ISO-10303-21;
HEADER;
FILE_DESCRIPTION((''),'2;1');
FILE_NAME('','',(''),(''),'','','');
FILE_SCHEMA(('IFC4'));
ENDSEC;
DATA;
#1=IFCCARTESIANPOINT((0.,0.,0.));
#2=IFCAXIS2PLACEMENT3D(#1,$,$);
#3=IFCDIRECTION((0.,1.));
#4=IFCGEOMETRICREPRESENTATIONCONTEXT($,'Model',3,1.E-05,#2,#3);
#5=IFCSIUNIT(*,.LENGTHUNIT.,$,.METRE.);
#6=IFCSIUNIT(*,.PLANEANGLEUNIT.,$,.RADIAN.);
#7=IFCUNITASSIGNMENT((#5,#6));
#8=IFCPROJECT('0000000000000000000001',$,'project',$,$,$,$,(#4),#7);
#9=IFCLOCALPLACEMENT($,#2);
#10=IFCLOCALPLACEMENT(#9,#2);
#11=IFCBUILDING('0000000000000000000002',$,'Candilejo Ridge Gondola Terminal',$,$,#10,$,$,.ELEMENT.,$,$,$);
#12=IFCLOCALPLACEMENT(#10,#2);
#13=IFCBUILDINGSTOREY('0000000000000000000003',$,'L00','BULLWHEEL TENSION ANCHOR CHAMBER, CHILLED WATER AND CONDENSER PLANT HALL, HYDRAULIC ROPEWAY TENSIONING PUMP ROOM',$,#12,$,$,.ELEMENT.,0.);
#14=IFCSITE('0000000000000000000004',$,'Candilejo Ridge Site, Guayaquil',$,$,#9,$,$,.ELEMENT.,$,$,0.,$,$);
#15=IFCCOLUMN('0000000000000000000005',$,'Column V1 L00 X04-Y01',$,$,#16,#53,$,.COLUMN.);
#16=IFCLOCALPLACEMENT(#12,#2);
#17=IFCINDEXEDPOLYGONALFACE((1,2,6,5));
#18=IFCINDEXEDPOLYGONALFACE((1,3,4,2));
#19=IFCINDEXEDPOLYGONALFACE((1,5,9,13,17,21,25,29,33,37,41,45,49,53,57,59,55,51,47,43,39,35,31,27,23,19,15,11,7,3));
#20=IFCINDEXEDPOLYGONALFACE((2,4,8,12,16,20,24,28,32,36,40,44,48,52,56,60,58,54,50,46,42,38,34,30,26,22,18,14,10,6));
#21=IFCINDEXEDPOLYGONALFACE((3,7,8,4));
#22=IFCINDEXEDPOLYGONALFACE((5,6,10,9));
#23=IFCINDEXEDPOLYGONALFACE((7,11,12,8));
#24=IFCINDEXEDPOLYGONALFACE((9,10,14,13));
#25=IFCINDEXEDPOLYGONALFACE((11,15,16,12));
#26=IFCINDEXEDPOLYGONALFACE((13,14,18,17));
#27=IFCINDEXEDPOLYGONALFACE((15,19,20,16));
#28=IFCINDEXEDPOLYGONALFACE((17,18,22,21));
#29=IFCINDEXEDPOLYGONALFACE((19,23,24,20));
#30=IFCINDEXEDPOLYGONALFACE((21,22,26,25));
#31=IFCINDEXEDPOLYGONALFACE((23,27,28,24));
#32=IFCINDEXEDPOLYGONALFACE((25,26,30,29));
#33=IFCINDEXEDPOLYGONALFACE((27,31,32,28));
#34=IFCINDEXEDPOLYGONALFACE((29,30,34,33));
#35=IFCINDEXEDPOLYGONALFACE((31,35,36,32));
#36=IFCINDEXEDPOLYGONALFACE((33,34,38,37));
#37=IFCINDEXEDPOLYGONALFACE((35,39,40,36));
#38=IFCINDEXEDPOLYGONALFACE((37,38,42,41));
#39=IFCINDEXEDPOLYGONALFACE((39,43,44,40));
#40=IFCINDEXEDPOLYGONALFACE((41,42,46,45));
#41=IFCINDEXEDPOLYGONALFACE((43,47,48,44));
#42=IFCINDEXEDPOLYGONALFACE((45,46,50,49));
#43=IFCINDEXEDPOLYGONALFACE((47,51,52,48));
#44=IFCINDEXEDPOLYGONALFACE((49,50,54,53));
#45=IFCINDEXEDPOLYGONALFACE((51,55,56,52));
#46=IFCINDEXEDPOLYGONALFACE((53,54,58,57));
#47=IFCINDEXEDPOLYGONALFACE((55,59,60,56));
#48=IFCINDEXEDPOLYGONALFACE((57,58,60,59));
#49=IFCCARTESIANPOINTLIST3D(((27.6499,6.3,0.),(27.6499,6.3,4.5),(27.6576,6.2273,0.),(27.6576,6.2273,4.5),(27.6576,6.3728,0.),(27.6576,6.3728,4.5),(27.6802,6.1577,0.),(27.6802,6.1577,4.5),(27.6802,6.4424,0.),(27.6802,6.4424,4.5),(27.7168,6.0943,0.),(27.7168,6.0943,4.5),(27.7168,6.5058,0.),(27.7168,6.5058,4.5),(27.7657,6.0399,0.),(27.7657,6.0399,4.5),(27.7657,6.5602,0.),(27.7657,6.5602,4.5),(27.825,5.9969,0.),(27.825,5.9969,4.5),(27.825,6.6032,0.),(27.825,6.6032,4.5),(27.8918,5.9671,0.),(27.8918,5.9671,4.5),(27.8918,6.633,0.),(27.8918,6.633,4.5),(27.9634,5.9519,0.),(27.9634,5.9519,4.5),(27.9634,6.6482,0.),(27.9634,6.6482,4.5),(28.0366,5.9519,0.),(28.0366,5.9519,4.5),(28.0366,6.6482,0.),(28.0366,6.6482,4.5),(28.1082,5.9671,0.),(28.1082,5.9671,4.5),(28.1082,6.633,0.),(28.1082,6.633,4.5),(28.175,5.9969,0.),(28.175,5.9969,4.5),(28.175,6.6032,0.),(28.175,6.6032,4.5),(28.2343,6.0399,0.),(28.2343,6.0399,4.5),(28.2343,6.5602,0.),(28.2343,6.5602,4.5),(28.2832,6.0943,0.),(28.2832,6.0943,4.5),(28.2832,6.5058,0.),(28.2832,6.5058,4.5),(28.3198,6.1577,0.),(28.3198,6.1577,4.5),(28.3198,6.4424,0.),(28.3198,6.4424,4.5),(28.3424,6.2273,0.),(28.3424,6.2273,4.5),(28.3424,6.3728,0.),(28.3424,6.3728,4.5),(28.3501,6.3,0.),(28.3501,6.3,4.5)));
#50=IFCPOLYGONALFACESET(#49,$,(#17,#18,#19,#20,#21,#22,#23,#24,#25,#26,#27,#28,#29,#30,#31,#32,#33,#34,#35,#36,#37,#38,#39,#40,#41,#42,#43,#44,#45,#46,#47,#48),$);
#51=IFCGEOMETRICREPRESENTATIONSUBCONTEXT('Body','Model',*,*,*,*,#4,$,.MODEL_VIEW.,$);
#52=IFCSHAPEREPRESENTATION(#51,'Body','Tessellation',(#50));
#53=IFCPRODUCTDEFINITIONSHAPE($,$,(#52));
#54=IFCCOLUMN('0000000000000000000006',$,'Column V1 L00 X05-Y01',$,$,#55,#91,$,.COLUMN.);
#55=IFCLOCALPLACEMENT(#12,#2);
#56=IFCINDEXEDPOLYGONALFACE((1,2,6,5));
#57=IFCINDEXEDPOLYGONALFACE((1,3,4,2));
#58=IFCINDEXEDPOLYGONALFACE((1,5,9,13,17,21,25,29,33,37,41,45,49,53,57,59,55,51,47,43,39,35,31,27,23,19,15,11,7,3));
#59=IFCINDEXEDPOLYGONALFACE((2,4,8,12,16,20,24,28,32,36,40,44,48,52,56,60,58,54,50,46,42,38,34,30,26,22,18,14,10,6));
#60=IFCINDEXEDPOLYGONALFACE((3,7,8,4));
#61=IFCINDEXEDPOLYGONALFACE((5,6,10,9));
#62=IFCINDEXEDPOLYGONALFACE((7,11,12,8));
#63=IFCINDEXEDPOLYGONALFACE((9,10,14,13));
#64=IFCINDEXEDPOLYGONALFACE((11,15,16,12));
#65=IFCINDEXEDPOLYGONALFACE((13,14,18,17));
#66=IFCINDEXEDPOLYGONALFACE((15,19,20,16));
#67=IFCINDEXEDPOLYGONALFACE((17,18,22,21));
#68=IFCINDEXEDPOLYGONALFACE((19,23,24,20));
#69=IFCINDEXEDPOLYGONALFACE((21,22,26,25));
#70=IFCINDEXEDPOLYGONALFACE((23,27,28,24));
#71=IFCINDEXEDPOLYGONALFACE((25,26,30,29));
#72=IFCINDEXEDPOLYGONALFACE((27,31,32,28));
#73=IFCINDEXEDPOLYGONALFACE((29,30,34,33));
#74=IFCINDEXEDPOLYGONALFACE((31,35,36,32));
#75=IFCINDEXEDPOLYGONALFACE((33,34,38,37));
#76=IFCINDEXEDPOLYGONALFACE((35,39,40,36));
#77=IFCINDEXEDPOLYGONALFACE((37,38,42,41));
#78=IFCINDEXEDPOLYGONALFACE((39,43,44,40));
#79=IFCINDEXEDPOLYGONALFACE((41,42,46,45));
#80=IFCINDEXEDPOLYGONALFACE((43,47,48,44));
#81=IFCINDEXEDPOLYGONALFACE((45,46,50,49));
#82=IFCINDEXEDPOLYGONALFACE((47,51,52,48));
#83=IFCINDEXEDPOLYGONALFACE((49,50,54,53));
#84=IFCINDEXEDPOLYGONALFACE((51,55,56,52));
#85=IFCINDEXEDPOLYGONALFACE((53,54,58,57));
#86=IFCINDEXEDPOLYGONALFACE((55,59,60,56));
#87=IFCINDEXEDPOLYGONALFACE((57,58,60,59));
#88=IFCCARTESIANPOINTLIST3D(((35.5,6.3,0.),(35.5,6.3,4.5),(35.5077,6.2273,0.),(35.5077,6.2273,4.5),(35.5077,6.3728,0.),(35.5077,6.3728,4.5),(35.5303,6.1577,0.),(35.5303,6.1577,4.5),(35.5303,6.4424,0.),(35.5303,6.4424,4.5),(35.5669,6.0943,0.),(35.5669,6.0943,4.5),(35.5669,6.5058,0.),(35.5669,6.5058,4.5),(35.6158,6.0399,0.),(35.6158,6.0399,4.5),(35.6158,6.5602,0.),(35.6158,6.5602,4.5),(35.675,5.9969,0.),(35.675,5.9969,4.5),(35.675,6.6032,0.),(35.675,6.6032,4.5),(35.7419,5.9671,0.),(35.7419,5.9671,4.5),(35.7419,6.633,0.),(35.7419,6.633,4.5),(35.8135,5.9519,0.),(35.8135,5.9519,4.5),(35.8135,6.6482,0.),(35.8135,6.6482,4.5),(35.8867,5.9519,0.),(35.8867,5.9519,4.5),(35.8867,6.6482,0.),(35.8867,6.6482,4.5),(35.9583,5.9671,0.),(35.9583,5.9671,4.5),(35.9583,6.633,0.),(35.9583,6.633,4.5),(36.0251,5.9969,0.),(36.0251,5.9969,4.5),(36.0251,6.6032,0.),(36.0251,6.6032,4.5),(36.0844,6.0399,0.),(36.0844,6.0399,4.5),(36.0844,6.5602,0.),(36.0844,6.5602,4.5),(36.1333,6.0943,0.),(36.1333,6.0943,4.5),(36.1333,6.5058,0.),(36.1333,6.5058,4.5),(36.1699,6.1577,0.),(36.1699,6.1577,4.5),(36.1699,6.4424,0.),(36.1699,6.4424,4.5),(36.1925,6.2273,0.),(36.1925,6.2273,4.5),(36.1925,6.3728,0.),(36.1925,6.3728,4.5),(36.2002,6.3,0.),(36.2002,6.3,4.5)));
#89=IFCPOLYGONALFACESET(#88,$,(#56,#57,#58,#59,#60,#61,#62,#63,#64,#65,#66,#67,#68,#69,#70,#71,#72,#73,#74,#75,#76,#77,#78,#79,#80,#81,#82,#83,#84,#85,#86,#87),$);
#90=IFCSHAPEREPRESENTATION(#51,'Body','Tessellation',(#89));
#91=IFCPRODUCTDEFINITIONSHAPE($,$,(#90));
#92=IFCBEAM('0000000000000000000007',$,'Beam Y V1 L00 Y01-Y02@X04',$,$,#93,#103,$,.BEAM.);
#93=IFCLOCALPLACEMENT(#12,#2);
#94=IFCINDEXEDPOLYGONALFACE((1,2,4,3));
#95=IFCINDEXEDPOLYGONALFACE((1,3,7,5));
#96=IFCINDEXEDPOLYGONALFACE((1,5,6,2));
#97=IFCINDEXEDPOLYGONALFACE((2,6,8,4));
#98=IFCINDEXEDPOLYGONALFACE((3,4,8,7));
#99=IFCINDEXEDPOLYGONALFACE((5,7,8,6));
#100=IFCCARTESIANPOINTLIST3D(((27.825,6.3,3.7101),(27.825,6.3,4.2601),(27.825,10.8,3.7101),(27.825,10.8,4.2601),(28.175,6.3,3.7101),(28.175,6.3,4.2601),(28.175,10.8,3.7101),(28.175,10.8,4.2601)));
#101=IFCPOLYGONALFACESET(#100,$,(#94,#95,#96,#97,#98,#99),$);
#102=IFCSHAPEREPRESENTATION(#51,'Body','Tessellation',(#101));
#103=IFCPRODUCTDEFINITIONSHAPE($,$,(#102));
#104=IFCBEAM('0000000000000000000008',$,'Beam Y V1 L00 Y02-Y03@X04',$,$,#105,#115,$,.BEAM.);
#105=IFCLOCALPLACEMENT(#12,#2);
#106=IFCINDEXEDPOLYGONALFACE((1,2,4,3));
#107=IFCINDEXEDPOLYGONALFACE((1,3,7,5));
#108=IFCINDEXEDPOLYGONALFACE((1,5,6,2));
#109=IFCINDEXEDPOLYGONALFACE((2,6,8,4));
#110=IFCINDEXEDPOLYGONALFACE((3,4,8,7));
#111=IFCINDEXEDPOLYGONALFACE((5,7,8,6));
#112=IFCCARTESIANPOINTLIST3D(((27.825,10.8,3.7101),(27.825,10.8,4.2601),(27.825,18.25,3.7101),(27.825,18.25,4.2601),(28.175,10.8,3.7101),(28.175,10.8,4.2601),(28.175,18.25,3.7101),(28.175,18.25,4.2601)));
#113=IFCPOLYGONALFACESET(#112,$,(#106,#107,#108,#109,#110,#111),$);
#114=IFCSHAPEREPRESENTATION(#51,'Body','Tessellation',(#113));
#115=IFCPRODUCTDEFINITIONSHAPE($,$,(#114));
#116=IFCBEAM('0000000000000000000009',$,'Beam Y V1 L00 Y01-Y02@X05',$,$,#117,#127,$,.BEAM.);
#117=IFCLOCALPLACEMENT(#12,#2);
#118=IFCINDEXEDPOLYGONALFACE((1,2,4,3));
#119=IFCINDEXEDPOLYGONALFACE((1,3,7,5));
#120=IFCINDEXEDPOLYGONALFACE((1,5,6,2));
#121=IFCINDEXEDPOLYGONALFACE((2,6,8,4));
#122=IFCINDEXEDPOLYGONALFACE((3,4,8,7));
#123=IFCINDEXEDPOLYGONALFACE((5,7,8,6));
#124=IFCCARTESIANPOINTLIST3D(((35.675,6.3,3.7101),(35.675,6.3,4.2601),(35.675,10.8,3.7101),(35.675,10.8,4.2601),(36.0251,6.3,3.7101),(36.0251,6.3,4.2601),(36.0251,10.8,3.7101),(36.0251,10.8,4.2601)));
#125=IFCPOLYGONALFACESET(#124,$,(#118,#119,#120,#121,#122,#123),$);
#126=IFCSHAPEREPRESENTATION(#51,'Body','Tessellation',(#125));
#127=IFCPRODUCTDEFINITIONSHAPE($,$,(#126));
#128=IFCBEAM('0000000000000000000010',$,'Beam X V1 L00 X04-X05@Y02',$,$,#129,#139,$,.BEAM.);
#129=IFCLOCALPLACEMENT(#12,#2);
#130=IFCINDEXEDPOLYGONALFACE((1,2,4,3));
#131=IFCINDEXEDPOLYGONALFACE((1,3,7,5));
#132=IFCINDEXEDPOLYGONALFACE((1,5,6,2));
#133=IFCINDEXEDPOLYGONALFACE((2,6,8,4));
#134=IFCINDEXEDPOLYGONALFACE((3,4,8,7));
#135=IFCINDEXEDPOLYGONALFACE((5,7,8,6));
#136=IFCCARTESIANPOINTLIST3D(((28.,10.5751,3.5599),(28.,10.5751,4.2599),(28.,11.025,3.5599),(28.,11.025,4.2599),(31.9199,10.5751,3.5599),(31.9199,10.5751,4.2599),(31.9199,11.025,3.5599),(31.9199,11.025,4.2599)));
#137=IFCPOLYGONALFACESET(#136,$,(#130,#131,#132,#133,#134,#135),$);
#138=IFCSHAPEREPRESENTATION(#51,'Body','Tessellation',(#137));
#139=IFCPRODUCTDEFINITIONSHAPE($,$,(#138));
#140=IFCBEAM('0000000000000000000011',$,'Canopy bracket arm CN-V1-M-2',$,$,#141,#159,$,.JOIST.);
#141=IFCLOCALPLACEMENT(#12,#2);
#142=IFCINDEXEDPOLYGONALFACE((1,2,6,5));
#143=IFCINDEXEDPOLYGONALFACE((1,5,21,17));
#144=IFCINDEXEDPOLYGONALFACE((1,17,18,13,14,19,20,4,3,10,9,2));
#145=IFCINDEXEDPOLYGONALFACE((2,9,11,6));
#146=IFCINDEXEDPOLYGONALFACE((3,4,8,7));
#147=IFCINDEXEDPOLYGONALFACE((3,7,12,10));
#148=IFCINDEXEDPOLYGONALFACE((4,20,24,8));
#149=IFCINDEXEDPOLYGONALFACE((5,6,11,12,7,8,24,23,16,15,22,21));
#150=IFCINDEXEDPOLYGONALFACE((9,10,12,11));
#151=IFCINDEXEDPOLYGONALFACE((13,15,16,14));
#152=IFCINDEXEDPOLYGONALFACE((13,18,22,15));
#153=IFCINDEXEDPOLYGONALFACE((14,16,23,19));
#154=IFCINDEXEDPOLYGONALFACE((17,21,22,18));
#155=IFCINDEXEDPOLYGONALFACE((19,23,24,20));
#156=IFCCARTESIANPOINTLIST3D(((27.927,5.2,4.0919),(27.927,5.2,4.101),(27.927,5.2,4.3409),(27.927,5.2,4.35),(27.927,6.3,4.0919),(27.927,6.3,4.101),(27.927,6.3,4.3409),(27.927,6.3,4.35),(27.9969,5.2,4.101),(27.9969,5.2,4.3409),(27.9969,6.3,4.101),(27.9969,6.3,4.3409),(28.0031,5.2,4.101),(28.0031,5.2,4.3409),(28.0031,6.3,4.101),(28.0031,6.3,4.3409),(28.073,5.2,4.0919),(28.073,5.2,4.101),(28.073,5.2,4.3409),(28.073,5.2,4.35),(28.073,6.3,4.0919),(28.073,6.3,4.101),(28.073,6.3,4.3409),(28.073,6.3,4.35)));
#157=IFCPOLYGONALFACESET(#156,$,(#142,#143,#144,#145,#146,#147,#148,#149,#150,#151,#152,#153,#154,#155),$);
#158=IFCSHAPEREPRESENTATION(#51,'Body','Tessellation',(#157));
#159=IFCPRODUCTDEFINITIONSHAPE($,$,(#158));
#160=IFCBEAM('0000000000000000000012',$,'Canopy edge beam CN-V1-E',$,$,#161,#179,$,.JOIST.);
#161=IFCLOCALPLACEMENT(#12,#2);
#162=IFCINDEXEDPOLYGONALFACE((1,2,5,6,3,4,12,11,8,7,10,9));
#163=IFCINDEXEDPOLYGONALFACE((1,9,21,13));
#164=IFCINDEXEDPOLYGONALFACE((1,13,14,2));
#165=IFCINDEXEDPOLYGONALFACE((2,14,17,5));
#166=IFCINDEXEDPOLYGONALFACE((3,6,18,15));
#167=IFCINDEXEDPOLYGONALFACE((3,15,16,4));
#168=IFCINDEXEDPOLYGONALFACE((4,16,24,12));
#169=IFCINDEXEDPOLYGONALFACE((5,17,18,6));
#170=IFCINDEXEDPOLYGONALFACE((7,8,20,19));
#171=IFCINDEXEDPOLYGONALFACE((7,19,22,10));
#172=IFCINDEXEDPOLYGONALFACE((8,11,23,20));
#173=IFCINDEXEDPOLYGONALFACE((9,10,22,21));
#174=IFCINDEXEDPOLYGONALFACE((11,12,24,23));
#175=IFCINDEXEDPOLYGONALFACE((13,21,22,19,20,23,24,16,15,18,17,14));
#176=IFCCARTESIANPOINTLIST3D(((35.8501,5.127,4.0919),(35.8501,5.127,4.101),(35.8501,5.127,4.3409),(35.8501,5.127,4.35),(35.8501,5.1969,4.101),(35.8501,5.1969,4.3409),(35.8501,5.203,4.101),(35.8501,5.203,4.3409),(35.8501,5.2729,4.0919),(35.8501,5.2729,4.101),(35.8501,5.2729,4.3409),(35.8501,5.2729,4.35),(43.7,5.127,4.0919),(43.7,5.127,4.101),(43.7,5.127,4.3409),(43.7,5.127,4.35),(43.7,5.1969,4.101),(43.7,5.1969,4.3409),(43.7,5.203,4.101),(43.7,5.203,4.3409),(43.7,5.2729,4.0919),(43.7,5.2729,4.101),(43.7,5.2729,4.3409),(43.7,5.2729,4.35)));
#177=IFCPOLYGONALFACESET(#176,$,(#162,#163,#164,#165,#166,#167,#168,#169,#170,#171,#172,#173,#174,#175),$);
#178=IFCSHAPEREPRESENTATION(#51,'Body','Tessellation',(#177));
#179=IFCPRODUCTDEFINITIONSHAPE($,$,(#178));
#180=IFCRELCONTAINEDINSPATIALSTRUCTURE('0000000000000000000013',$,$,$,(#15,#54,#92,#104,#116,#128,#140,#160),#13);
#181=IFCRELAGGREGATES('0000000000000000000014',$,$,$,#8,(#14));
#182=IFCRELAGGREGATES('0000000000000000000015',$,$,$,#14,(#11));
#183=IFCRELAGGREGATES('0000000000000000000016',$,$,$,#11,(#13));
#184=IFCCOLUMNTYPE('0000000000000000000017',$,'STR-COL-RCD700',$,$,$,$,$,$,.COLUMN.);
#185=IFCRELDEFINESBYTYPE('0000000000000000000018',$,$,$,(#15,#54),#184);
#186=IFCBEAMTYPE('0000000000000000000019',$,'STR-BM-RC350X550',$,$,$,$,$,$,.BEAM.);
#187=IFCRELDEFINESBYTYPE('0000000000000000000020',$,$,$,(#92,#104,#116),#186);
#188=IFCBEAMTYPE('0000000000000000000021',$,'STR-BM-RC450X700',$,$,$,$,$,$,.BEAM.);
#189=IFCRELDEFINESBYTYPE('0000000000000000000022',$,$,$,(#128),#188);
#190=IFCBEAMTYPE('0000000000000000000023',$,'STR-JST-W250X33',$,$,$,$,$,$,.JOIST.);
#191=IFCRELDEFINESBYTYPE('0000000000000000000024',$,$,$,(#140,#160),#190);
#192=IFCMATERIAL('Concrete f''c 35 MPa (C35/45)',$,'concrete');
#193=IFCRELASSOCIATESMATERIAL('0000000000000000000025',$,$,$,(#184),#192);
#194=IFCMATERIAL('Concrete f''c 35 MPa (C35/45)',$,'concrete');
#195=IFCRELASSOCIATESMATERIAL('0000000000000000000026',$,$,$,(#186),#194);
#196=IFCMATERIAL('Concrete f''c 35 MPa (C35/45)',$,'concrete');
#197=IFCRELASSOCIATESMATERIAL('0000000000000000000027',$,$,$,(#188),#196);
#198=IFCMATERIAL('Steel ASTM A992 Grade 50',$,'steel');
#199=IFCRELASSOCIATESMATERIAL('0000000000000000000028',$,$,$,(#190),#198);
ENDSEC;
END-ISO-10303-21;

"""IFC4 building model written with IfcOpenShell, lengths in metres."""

from ifc_helpers import new_model, si_unit, direction, frame, origin, origin_2d, place, context, subcontext, project, spatial, rectangle, circle, i_section, extrude, material, material_profile, profile_set, type_object, element, save


model = new_model("IFC4")

# Units and contexts
model_context = context("Model", 3, precision=1e-05, world=origin(), true_north=direction((0.0, 1.0)))
body_context = subcontext(model_context, "Body", "Model", "MODEL_VIEW")
ifc_project = project(units=[si_unit("LENGTHUNIT", "METRE"), si_unit("PLANEANGLEUNIT", "RADIAN")], contexts=[model_context])

# Site, building, storey
site_placement = place(None, origin())
site = spatial("IfcSite", under=ifc_project, at=site_placement, Name="Candilejo Ridge Site, Guayaquil", CompositionType="ELEMENT", RefElevation=0.0)
building_placement = place(site_placement, origin())
building = spatial("IfcBuilding", under=site, at=building_placement, Name="Candilejo Ridge Gondola Terminal", CompositionType="ELEMENT")
storey_placement = place(building_placement, origin())
storey = spatial("IfcBuildingStorey", under=building, at=storey_placement, Name="L00", Description="BULLWHEEL TENSION ANCHOR CHAMBER, CHILLED WATER AND CONDENSER PLANT HALL, HYDRAULIC ROPEWAY TENSIONING PUMP ROOM", CompositionType="ELEMENT", Elevation=0.0)

# Columns
ifc_material_1 = material(Name="Concrete f'c 35 MPa (C35/45)", Category="concrete")
ifc_material_profile_1 = material_profile(ifc_material_1, circle(Radius=0.3501, at=origin_2d()))
ifc_profile_set_1 = profile_set([ifc_material_profile_1], Name="Concrete f'c 35 MPa (C35/45)")
column_type_1 = type_object("IfcColumnType", Name="STR-COL-RCD700", PredefinedType="COLUMN", material=ifc_profile_set_1)
for number, where, z_axis, x_axis, name in (
    (1, (28.0, 6.3, 0.0), (0.0, 0.0, 1.0), (1.0, 0.0, 0.0), "Column V1 L00 X04-Y01"),
    (2, (35.8501, 6.3, 0.0), (0.0, 0.0, 1.0), (1.0, 0.0, 0.0), "Column V1 L00 X05-Y01"),
):
    element("IfcColumn", number, at=place(storey_placement, frame(where, z_axis=z_axis, x_axis=x_axis)), inside=storey, type_object=column_type_1, Name=name, PredefinedType="COLUMN", context=body_context, shape_type="SweptSolid", body=[
        extrude(circle(Radius=0.3501, at=origin_2d()), origin(), (0.0, 0.0, 1.0), 4.5),
    ])

# Beams
ifc_material_2 = material(Name="Concrete f'c 35 MPa (C35/45)", Category="concrete")
ifc_material_profile_2 = material_profile(ifc_material_2, rectangle(XDim=0.3501, YDim=0.55, at=origin_2d()))
ifc_profile_set_2 = profile_set([ifc_material_profile_2], Name="Concrete f'c 35 MPa (C35/45)")
beam_type_1 = type_object("IfcBeamType", Name="STR-BM-RC350X550", PredefinedType="BEAM", material=ifc_profile_set_2)
beam_1_placement = place(storey_placement, frame((28.0, 6.3, 3.9851), z_axis=(0.0, 1.0, 0.0), x_axis=(-1.0, 0.0, 0.0)))
element("IfcBeam", 3, at=beam_1_placement, inside=storey, type_object=beam_type_1, Name="Beam Y V1 L00 Y01-Y02@X04", PredefinedType="BEAM", context=body_context, shape_type="SweptSolid", body=[
    extrude(rectangle(XDim=0.3501, YDim=0.55, at=origin_2d()), origin(), (0.0, 0.0, 1.0), 4.5),
])
beam_2_placement = place(storey_placement, frame((28.0, 10.8, 3.9851), z_axis=(0.0, 1.0, 0.0), x_axis=(-1.0, 0.0, 0.0)))
element("IfcBeam", 4, at=beam_2_placement, inside=storey, type_object=beam_type_1, Name="Beam Y V1 L00 Y02-Y03@X04", PredefinedType="BEAM", context=body_context, shape_type="SweptSolid", body=[
    extrude(rectangle(XDim=0.3501, YDim=0.55, at=origin_2d()), origin(), (0.0, 0.0, 1.0), 7.45),
])
beam_3_placement = place(storey_placement, frame((35.8501, 6.3, 3.9851), z_axis=(0.0, 1.0, 0.0), x_axis=(-1.0, 0.0, 0.0)))
element("IfcBeam", 5, at=beam_3_placement, inside=storey, type_object=beam_type_1, Name="Beam Y V1 L00 Y01-Y02@X05", PredefinedType="BEAM", context=body_context, shape_type="SweptSolid", body=[
    extrude(rectangle(XDim=0.3501, YDim=0.55, at=origin_2d()), origin(), (0.0, 0.0, 1.0), 4.5),
])
ifc_material_3 = material(Name="Concrete f'c 35 MPa (C35/45)", Category="concrete")
ifc_material_profile_3 = material_profile(ifc_material_3, rectangle(XDim=0.45, YDim=0.7, at=origin_2d()))
ifc_profile_set_3 = profile_set([ifc_material_profile_3], Name="Concrete f'c 35 MPa (C35/45)")
beam_type_2 = type_object("IfcBeamType", Name="STR-BM-RC450X700", PredefinedType="BEAM", material=ifc_profile_set_3)
beam_4_placement = place(storey_placement, frame((28.0, 10.8, 3.9099), z_axis=(1.0, 0.0, 0.0), x_axis=(0.0, 1.0, 0.0)))
element("IfcBeam", 6, at=beam_4_placement, inside=storey, type_object=beam_type_2, Name="Beam X V1 L00 X04-X05@Y02", PredefinedType="BEAM", context=body_context, shape_type="SweptSolid", body=[
    extrude(rectangle(XDim=0.45, YDim=0.7, at=origin_2d()), origin(), (0.0, 0.0, 1.0), 3.9199),
])
ifc_material_4 = material(Name="Steel ASTM A992 Grade 50", Category="steel")
ifc_material_profile_4 = material_profile(ifc_material_4, i_section(OverallWidth=0.146, OverallDepth=0.2581, WebThickness=0.0061, FlangeThickness=0.009, at=origin_2d()))
ifc_profile_set_4 = profile_set([ifc_material_profile_4], Name="Steel ASTM A992 Grade 50")
beam_type_3 = type_object("IfcBeamType", Name="STR-JST-W250X33", PredefinedType="JOIST", material=ifc_profile_set_4)
beam_5_placement = place(storey_placement, frame((28.0, 5.2, 4.2209), z_axis=(0.0, 1.0, 0.0), x_axis=(-1.0, 0.0, 0.0)))
element("IfcBeam", 7, at=beam_5_placement, inside=storey, type_object=beam_type_3, Name="Canopy bracket arm CN-V1-M-2", PredefinedType="JOIST", context=body_context, shape_type="SweptSolid", body=[
    extrude(i_section(OverallWidth=0.146, OverallDepth=0.2581, WebThickness=0.0061, FlangeThickness=0.009, at=origin_2d()), origin(), (0.0, 0.0, 1.0), 1.1001),
])
beam_6_placement = place(storey_placement, frame((35.8501, 5.2, 4.2209), z_axis=(1.0, 0.0, 0.0), x_axis=(0.0, 1.0, 0.0)))
element("IfcBeam", 8, at=beam_6_placement, inside=storey, type_object=beam_type_3, Name="Canopy edge beam CN-V1-E", PredefinedType="JOIST", context=body_context, shape_type="SweptSolid", body=[
    extrude(i_section(OverallWidth=0.146, OverallDepth=0.2581, WebThickness=0.0061, FlangeThickness=0.009, at=origin_2d()), origin(), (0.0, 0.0, 1.0), 7.8499),
])

save(model, "model.ifc")
